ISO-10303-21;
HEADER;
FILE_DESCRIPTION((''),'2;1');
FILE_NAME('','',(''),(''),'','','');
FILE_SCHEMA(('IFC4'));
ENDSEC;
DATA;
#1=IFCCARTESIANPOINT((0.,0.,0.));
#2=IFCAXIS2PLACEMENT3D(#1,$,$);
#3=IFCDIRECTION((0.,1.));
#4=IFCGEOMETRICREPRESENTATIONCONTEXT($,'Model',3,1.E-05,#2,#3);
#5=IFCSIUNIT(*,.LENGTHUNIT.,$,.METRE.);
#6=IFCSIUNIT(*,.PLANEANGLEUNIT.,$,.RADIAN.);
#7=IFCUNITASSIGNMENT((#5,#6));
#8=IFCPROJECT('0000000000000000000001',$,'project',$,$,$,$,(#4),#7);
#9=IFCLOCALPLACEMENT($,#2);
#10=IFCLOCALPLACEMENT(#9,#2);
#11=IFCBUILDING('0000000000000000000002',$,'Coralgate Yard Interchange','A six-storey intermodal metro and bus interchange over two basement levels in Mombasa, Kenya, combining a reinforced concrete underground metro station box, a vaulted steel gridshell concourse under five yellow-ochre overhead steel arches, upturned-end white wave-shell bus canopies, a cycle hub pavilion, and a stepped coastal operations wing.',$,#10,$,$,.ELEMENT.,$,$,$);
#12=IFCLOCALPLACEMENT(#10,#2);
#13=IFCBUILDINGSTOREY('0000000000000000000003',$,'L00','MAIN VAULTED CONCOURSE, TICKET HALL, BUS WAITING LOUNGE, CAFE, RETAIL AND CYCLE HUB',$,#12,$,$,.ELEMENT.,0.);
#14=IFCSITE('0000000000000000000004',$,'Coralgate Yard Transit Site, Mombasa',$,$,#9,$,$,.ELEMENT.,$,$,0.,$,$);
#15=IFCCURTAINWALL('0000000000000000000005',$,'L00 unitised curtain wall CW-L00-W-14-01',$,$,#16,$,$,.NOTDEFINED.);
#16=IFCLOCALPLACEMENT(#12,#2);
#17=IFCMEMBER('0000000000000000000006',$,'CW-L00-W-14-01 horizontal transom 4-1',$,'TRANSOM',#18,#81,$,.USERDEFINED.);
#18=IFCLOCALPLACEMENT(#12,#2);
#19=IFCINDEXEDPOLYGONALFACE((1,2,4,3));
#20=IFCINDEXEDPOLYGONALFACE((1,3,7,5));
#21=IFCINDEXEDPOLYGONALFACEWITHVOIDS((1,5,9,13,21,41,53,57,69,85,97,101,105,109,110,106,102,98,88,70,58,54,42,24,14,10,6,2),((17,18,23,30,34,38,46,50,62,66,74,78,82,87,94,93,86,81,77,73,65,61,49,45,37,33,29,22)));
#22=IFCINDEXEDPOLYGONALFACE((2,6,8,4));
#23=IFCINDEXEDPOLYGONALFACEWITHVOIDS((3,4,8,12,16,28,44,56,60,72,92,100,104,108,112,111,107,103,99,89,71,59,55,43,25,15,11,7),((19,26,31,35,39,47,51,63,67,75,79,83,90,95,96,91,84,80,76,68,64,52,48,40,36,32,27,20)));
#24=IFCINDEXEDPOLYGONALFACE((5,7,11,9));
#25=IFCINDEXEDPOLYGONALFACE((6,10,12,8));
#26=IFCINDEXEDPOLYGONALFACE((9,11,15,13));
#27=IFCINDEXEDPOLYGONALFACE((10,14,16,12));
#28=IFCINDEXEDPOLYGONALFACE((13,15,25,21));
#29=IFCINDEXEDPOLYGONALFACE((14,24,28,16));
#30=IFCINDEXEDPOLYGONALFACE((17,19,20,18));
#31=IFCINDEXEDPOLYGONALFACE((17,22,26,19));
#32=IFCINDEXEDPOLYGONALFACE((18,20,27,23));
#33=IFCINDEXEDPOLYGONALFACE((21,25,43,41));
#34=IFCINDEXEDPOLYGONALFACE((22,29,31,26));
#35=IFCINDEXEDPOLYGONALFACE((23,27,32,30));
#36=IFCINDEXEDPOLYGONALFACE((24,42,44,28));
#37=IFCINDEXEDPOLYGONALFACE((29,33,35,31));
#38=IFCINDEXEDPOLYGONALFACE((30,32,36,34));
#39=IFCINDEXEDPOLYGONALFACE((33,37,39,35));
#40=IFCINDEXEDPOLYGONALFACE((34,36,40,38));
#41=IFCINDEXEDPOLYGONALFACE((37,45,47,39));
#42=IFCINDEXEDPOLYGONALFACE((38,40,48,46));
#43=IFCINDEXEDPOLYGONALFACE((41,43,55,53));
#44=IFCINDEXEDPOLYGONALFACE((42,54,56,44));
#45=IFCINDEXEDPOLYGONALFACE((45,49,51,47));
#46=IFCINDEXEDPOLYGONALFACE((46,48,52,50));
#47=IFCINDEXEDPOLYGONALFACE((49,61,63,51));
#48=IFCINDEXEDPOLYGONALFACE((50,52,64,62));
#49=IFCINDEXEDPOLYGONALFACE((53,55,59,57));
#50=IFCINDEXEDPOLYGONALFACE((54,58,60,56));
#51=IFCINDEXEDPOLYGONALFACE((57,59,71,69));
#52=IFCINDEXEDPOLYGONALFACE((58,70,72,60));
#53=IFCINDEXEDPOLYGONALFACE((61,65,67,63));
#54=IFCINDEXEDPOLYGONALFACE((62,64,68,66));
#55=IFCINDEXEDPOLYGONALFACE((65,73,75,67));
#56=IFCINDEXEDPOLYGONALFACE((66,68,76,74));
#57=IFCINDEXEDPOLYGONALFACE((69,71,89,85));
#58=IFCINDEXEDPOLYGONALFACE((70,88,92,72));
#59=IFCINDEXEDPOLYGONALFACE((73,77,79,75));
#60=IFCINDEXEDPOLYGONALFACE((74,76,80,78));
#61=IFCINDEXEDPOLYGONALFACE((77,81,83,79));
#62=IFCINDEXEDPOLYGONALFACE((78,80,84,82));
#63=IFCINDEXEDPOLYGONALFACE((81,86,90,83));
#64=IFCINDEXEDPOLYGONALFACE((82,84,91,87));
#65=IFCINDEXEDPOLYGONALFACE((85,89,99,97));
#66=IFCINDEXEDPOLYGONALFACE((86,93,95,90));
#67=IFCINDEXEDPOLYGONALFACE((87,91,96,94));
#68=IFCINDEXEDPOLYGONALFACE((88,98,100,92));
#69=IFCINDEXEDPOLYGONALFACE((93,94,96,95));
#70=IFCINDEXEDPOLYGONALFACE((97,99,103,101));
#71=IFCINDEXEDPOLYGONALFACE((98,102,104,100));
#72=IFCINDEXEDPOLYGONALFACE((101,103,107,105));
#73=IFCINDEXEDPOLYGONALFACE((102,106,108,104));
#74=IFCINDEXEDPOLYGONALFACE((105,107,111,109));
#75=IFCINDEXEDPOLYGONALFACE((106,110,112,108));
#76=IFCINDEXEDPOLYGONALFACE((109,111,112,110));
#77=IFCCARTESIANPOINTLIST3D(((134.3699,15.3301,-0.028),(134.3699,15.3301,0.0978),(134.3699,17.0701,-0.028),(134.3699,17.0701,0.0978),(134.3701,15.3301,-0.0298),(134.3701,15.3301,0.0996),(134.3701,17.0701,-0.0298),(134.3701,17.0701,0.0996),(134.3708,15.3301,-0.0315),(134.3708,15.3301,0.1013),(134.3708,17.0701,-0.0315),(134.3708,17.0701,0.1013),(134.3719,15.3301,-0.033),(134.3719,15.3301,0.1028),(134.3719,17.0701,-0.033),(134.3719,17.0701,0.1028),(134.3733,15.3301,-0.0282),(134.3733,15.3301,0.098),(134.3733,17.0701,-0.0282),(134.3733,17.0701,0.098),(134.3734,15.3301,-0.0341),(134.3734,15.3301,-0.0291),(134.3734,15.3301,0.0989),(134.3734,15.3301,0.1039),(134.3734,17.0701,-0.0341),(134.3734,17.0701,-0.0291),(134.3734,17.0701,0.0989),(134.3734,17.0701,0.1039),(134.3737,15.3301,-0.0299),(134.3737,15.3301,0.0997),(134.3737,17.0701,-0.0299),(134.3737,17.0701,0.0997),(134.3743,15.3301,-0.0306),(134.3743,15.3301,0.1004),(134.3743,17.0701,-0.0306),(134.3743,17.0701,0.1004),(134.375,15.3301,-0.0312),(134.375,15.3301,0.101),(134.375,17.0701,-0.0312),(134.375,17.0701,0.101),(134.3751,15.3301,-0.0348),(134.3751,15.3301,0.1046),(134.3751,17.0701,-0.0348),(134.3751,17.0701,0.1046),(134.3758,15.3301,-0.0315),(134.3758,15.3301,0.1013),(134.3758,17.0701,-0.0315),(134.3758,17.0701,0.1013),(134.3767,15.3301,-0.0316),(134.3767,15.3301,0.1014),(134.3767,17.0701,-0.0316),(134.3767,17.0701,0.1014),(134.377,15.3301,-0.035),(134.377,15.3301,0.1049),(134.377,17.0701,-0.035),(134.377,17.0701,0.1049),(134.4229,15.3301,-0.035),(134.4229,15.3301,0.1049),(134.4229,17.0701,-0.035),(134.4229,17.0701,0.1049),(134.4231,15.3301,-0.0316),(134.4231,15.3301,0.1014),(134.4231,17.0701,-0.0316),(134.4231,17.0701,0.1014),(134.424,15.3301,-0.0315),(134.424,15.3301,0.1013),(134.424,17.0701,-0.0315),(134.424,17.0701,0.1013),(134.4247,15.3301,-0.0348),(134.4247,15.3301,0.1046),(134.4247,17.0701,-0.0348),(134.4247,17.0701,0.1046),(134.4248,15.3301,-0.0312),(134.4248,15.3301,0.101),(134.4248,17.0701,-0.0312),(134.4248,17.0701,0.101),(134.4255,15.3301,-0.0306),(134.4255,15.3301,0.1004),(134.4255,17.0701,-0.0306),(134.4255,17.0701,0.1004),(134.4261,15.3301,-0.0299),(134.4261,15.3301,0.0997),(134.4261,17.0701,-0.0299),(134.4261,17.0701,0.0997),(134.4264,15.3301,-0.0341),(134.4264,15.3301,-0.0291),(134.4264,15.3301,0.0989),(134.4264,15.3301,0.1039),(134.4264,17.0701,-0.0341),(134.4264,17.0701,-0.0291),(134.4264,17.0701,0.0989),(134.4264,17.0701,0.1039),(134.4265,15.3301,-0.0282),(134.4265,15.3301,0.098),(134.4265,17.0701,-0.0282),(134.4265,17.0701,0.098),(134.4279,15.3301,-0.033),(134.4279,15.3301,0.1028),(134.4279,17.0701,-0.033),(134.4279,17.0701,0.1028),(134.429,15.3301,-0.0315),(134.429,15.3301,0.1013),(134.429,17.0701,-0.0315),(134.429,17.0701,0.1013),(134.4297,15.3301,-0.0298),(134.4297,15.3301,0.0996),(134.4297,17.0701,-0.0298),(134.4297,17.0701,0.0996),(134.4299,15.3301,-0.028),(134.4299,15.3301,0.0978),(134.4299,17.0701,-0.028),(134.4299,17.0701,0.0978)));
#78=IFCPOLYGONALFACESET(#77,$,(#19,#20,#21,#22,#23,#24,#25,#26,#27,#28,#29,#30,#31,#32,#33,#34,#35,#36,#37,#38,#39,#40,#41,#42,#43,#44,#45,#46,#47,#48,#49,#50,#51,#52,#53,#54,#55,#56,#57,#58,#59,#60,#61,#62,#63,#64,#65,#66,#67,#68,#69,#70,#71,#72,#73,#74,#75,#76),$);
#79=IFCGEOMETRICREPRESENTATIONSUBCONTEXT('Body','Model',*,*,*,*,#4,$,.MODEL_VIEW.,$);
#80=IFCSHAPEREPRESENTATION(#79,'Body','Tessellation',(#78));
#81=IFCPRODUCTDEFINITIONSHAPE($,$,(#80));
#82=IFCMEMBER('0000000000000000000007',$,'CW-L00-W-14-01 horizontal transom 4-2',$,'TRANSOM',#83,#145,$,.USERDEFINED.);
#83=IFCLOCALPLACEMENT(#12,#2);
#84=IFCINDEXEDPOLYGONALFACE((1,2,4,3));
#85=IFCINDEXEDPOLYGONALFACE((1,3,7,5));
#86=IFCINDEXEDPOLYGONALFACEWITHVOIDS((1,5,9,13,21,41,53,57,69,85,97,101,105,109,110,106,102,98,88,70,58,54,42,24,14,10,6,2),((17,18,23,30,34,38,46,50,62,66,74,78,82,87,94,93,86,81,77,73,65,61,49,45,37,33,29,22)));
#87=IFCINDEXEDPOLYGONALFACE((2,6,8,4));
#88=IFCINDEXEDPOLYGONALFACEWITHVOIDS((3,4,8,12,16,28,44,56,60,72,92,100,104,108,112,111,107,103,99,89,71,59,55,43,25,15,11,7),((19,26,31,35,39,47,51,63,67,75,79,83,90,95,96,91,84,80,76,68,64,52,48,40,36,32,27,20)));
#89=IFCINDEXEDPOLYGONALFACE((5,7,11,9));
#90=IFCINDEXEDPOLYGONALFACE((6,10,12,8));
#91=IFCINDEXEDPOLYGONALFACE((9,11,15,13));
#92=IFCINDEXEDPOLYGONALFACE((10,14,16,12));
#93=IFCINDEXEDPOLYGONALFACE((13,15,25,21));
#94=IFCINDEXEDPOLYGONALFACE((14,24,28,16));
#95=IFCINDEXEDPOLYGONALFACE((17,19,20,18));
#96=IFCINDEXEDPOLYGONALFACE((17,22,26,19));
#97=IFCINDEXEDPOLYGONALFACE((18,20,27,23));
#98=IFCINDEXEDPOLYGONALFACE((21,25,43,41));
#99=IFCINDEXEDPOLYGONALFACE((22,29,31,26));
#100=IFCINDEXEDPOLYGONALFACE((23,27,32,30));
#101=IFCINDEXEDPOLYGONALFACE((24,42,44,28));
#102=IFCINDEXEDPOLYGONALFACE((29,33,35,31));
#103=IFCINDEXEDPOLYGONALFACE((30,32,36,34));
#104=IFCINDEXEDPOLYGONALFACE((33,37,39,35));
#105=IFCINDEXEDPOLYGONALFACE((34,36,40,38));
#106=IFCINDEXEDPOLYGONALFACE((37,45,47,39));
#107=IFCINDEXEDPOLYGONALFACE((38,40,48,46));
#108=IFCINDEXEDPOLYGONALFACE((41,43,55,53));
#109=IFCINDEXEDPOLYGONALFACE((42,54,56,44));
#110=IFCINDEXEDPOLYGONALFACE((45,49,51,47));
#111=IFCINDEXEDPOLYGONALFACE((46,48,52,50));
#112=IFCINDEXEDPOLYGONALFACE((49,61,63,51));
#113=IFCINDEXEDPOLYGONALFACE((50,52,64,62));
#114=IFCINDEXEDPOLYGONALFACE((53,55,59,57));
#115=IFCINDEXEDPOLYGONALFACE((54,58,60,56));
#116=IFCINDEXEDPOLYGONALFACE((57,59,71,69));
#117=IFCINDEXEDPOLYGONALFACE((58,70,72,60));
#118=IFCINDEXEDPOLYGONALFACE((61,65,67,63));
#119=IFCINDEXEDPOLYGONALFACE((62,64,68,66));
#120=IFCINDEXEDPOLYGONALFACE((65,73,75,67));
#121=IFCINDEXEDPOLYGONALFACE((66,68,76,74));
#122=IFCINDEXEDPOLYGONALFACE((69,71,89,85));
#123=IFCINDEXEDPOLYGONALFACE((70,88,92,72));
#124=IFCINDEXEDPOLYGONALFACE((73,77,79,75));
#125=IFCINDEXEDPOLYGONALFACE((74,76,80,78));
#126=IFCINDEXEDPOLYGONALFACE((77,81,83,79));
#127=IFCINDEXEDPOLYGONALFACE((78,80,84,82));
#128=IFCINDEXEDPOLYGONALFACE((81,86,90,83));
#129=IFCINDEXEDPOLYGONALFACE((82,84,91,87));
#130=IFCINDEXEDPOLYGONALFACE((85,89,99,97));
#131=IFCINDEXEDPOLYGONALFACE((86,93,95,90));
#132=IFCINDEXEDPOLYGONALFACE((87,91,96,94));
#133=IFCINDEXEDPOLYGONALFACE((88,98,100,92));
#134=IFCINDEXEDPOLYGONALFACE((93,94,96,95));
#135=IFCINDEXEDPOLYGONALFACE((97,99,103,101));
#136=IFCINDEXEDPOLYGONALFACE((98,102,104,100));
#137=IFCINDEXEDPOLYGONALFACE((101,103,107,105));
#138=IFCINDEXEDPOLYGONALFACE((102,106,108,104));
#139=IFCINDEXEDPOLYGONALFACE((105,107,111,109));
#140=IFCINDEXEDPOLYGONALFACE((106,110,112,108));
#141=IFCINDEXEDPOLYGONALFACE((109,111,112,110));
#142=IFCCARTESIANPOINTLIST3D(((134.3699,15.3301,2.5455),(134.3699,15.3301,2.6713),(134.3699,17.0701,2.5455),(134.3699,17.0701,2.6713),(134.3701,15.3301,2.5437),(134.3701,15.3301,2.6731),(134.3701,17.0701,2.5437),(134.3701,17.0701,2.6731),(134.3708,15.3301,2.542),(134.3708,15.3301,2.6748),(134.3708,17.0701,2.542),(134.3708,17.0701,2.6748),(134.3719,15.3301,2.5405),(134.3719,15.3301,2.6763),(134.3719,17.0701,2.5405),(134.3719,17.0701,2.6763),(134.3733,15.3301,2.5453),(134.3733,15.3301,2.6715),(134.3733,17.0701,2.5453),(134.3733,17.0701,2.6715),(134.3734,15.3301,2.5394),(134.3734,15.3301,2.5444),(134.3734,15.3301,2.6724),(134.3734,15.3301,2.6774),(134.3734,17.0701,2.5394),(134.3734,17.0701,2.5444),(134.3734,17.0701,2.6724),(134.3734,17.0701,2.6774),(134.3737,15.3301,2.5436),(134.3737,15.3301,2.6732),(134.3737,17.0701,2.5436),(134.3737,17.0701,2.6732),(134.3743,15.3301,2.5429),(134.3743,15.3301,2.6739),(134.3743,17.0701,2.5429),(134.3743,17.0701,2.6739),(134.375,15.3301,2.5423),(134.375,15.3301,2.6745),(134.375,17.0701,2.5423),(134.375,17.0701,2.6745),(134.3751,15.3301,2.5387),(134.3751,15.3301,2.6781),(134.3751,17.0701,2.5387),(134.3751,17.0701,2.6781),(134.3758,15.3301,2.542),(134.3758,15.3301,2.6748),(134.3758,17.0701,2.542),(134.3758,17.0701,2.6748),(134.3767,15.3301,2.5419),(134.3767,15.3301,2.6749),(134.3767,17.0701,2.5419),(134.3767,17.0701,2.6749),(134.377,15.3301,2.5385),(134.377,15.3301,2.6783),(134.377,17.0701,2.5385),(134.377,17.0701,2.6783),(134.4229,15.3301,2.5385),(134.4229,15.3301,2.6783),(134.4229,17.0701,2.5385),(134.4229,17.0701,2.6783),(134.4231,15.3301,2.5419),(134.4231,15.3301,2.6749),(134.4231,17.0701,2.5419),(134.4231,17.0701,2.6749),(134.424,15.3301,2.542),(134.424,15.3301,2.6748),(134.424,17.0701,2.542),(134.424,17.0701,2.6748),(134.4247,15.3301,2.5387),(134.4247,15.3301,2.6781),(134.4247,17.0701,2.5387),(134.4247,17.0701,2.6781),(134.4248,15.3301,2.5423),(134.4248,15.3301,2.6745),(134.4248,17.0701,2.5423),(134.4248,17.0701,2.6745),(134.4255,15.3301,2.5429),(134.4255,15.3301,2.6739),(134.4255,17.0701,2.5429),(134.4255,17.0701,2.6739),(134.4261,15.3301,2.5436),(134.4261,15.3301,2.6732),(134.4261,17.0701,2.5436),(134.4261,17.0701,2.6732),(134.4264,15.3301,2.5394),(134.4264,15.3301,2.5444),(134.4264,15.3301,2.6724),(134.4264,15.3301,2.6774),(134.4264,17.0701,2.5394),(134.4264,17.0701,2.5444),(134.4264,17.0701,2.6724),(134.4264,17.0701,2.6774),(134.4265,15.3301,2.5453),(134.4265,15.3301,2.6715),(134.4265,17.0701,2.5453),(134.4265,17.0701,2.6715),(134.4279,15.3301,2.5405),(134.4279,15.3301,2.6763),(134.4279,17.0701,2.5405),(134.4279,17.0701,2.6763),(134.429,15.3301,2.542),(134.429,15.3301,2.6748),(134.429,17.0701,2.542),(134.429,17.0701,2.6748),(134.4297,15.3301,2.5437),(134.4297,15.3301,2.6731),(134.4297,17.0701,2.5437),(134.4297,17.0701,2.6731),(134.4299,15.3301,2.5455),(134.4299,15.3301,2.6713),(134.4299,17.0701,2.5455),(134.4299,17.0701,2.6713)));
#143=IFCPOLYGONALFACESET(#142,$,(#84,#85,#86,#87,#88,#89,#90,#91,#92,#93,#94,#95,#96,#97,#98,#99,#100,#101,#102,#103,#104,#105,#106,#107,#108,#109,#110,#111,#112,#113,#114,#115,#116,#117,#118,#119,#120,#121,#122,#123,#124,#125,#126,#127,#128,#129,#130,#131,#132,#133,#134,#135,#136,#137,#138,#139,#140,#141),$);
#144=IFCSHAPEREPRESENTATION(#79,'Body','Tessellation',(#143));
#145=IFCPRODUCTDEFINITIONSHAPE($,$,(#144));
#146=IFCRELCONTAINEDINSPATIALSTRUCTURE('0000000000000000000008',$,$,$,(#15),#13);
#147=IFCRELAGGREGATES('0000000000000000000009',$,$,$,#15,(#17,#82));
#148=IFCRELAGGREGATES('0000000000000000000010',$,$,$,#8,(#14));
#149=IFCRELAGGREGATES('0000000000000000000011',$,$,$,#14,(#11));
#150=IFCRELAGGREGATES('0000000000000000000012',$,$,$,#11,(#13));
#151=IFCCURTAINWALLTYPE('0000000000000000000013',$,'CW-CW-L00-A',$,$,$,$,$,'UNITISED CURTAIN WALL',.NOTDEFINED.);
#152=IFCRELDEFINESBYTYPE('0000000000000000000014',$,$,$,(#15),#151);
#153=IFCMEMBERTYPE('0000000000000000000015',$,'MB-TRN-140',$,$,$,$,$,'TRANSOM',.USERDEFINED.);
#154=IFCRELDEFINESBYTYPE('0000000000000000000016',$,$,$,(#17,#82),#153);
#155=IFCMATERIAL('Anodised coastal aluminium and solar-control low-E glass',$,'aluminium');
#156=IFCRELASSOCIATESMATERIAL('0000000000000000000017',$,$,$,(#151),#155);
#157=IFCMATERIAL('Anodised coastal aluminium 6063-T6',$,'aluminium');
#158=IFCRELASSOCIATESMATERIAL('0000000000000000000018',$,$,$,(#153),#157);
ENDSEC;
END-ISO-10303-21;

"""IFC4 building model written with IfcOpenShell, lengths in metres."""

from ifc_helpers import new_model, si_unit, direction, frame, origin, origin_2d, place, context, subcontext, project, spatial, hollow_rectangle, extrude, material, material_profile, profile_set, type_object, element, aggregate, save


model = new_model("IFC4")

# Units and contexts
model_context = context("Model", 3, precision=1e-05, world=origin(), true_north=direction((0.0, 1.0)))
body_context = subcontext(model_context, "Body", "Model", "MODEL_VIEW")
ifc_project = project(units=[si_unit("LENGTHUNIT", "METRE"), si_unit("PLANEANGLEUNIT", "RADIAN")], contexts=[model_context])

# Site, building, storey
site_placement = place(None, origin())
site = spatial("IfcSite", under=ifc_project, at=site_placement, Name="Coralgate Yard Transit Site, Mombasa", CompositionType="ELEMENT", RefElevation=0.0)
building_placement = place(site_placement, origin())
building = spatial("IfcBuilding", under=site, at=building_placement, Name="Coralgate Yard Interchange", Description="A six-storey intermodal metro and bus interchange over two basement levels in Mombasa, Kenya, combining a reinforced concrete underground metro station box, a vaulted steel gridshell concourse under five yellow-ochre overhead steel arches, upturned-end white wave-shell bus canopies, a cycle hub pavilion, and a stepped coastal operations wing.", CompositionType="ELEMENT")
storey_placement = place(building_placement, origin())
storey = spatial("IfcBuildingStorey", under=building, at=storey_placement, Name="L00", Description="MAIN VAULTED CONCOURSE, TICKET HALL, BUS WAITING LOUNGE, CAFE, RETAIL AND CYCLE HUB", CompositionType="ELEMENT", Elevation=0.0)

# Curtain wall, members
ifc_material_1 = material(Name="Anodised coastal aluminium and solar-control low-E glass", Category="aluminium")
curtain_wall_type = type_object("IfcCurtainWallType", Name="CW-CW-L00-A", ElementType="UNITISED CURTAIN WALL", PredefinedType="NOTDEFINED", material=ifc_material_1)
curtain_wall_placement = place(storey_placement, origin())
curtain_wall = element("IfcCurtainWall", 1, at=curtain_wall_placement, inside=storey, type_object=curtain_wall_type, Name="L00 unitised curtain wall CW-L00-W-14-01", PredefinedType="NOTDEFINED")
ifc_material_2 = material(Name="Anodised coastal aluminium 6063-T6", Category="aluminium")
ifc_material_profile_1 = material_profile(ifc_material_2, hollow_rectangle(XDim=0.0601, YDim=0.1399, WallThickness=0.0034, InnerFilletRadius=0.0034, OuterFilletRadius=0.0071, at=origin_2d()), Name="ALU 60x140x3.5")
ifc_profile_set_1 = profile_set([ifc_material_profile_1], Name="Anodised coastal aluminium 6063-T6")
member_type_1 = type_object("IfcMemberType", Name="MB-TRN-140", ElementType="TRANSOM", PredefinedType="USERDEFINED", material=ifc_profile_set_1)
member_1_placement = place(storey_placement, frame((134.3999, 15.3301, 0.0349), z_axis=(0.0, 1.0, 0.0), x_axis=(-1.0, 0.0, 0.0)))
member_1 = element("IfcMember", 2, at=member_1_placement, type_object=member_type_1, Name="CW-L00-W-14-01 horizontal transom 4-1", ObjectType="TRANSOM", PredefinedType="USERDEFINED", context=body_context, shape_type="SweptSolid", body=[
    extrude(hollow_rectangle(XDim=0.0601, YDim=0.1399, WallThickness=0.0034, InnerFilletRadius=0.0034, OuterFilletRadius=0.0071, at=origin_2d()), origin(), (0.0, 0.0, 1.0), 1.74),
])
member_2_placement = place(storey_placement, frame((134.3999, 15.3301, 2.6084), z_axis=(0.0, 1.0, 0.0), x_axis=(-1.0, 0.0, 0.0)))
member_2 = element("IfcMember", 3, at=member_2_placement, type_object=member_type_1, Name="CW-L00-W-14-01 horizontal transom 4-2", ObjectType="TRANSOM", PredefinedType="USERDEFINED", context=body_context, shape_type="SweptSolid", body=[
    extrude(hollow_rectangle(XDim=0.0601, YDim=0.1399, WallThickness=0.0034, InnerFilletRadius=0.0034, OuterFilletRadius=0.0071, at=origin_2d()), origin(), (0.0, 0.0, 1.0), 1.74),
])
aggregate(curtain_wall, [member_1, member_2])

save(model, "model.ifc")
